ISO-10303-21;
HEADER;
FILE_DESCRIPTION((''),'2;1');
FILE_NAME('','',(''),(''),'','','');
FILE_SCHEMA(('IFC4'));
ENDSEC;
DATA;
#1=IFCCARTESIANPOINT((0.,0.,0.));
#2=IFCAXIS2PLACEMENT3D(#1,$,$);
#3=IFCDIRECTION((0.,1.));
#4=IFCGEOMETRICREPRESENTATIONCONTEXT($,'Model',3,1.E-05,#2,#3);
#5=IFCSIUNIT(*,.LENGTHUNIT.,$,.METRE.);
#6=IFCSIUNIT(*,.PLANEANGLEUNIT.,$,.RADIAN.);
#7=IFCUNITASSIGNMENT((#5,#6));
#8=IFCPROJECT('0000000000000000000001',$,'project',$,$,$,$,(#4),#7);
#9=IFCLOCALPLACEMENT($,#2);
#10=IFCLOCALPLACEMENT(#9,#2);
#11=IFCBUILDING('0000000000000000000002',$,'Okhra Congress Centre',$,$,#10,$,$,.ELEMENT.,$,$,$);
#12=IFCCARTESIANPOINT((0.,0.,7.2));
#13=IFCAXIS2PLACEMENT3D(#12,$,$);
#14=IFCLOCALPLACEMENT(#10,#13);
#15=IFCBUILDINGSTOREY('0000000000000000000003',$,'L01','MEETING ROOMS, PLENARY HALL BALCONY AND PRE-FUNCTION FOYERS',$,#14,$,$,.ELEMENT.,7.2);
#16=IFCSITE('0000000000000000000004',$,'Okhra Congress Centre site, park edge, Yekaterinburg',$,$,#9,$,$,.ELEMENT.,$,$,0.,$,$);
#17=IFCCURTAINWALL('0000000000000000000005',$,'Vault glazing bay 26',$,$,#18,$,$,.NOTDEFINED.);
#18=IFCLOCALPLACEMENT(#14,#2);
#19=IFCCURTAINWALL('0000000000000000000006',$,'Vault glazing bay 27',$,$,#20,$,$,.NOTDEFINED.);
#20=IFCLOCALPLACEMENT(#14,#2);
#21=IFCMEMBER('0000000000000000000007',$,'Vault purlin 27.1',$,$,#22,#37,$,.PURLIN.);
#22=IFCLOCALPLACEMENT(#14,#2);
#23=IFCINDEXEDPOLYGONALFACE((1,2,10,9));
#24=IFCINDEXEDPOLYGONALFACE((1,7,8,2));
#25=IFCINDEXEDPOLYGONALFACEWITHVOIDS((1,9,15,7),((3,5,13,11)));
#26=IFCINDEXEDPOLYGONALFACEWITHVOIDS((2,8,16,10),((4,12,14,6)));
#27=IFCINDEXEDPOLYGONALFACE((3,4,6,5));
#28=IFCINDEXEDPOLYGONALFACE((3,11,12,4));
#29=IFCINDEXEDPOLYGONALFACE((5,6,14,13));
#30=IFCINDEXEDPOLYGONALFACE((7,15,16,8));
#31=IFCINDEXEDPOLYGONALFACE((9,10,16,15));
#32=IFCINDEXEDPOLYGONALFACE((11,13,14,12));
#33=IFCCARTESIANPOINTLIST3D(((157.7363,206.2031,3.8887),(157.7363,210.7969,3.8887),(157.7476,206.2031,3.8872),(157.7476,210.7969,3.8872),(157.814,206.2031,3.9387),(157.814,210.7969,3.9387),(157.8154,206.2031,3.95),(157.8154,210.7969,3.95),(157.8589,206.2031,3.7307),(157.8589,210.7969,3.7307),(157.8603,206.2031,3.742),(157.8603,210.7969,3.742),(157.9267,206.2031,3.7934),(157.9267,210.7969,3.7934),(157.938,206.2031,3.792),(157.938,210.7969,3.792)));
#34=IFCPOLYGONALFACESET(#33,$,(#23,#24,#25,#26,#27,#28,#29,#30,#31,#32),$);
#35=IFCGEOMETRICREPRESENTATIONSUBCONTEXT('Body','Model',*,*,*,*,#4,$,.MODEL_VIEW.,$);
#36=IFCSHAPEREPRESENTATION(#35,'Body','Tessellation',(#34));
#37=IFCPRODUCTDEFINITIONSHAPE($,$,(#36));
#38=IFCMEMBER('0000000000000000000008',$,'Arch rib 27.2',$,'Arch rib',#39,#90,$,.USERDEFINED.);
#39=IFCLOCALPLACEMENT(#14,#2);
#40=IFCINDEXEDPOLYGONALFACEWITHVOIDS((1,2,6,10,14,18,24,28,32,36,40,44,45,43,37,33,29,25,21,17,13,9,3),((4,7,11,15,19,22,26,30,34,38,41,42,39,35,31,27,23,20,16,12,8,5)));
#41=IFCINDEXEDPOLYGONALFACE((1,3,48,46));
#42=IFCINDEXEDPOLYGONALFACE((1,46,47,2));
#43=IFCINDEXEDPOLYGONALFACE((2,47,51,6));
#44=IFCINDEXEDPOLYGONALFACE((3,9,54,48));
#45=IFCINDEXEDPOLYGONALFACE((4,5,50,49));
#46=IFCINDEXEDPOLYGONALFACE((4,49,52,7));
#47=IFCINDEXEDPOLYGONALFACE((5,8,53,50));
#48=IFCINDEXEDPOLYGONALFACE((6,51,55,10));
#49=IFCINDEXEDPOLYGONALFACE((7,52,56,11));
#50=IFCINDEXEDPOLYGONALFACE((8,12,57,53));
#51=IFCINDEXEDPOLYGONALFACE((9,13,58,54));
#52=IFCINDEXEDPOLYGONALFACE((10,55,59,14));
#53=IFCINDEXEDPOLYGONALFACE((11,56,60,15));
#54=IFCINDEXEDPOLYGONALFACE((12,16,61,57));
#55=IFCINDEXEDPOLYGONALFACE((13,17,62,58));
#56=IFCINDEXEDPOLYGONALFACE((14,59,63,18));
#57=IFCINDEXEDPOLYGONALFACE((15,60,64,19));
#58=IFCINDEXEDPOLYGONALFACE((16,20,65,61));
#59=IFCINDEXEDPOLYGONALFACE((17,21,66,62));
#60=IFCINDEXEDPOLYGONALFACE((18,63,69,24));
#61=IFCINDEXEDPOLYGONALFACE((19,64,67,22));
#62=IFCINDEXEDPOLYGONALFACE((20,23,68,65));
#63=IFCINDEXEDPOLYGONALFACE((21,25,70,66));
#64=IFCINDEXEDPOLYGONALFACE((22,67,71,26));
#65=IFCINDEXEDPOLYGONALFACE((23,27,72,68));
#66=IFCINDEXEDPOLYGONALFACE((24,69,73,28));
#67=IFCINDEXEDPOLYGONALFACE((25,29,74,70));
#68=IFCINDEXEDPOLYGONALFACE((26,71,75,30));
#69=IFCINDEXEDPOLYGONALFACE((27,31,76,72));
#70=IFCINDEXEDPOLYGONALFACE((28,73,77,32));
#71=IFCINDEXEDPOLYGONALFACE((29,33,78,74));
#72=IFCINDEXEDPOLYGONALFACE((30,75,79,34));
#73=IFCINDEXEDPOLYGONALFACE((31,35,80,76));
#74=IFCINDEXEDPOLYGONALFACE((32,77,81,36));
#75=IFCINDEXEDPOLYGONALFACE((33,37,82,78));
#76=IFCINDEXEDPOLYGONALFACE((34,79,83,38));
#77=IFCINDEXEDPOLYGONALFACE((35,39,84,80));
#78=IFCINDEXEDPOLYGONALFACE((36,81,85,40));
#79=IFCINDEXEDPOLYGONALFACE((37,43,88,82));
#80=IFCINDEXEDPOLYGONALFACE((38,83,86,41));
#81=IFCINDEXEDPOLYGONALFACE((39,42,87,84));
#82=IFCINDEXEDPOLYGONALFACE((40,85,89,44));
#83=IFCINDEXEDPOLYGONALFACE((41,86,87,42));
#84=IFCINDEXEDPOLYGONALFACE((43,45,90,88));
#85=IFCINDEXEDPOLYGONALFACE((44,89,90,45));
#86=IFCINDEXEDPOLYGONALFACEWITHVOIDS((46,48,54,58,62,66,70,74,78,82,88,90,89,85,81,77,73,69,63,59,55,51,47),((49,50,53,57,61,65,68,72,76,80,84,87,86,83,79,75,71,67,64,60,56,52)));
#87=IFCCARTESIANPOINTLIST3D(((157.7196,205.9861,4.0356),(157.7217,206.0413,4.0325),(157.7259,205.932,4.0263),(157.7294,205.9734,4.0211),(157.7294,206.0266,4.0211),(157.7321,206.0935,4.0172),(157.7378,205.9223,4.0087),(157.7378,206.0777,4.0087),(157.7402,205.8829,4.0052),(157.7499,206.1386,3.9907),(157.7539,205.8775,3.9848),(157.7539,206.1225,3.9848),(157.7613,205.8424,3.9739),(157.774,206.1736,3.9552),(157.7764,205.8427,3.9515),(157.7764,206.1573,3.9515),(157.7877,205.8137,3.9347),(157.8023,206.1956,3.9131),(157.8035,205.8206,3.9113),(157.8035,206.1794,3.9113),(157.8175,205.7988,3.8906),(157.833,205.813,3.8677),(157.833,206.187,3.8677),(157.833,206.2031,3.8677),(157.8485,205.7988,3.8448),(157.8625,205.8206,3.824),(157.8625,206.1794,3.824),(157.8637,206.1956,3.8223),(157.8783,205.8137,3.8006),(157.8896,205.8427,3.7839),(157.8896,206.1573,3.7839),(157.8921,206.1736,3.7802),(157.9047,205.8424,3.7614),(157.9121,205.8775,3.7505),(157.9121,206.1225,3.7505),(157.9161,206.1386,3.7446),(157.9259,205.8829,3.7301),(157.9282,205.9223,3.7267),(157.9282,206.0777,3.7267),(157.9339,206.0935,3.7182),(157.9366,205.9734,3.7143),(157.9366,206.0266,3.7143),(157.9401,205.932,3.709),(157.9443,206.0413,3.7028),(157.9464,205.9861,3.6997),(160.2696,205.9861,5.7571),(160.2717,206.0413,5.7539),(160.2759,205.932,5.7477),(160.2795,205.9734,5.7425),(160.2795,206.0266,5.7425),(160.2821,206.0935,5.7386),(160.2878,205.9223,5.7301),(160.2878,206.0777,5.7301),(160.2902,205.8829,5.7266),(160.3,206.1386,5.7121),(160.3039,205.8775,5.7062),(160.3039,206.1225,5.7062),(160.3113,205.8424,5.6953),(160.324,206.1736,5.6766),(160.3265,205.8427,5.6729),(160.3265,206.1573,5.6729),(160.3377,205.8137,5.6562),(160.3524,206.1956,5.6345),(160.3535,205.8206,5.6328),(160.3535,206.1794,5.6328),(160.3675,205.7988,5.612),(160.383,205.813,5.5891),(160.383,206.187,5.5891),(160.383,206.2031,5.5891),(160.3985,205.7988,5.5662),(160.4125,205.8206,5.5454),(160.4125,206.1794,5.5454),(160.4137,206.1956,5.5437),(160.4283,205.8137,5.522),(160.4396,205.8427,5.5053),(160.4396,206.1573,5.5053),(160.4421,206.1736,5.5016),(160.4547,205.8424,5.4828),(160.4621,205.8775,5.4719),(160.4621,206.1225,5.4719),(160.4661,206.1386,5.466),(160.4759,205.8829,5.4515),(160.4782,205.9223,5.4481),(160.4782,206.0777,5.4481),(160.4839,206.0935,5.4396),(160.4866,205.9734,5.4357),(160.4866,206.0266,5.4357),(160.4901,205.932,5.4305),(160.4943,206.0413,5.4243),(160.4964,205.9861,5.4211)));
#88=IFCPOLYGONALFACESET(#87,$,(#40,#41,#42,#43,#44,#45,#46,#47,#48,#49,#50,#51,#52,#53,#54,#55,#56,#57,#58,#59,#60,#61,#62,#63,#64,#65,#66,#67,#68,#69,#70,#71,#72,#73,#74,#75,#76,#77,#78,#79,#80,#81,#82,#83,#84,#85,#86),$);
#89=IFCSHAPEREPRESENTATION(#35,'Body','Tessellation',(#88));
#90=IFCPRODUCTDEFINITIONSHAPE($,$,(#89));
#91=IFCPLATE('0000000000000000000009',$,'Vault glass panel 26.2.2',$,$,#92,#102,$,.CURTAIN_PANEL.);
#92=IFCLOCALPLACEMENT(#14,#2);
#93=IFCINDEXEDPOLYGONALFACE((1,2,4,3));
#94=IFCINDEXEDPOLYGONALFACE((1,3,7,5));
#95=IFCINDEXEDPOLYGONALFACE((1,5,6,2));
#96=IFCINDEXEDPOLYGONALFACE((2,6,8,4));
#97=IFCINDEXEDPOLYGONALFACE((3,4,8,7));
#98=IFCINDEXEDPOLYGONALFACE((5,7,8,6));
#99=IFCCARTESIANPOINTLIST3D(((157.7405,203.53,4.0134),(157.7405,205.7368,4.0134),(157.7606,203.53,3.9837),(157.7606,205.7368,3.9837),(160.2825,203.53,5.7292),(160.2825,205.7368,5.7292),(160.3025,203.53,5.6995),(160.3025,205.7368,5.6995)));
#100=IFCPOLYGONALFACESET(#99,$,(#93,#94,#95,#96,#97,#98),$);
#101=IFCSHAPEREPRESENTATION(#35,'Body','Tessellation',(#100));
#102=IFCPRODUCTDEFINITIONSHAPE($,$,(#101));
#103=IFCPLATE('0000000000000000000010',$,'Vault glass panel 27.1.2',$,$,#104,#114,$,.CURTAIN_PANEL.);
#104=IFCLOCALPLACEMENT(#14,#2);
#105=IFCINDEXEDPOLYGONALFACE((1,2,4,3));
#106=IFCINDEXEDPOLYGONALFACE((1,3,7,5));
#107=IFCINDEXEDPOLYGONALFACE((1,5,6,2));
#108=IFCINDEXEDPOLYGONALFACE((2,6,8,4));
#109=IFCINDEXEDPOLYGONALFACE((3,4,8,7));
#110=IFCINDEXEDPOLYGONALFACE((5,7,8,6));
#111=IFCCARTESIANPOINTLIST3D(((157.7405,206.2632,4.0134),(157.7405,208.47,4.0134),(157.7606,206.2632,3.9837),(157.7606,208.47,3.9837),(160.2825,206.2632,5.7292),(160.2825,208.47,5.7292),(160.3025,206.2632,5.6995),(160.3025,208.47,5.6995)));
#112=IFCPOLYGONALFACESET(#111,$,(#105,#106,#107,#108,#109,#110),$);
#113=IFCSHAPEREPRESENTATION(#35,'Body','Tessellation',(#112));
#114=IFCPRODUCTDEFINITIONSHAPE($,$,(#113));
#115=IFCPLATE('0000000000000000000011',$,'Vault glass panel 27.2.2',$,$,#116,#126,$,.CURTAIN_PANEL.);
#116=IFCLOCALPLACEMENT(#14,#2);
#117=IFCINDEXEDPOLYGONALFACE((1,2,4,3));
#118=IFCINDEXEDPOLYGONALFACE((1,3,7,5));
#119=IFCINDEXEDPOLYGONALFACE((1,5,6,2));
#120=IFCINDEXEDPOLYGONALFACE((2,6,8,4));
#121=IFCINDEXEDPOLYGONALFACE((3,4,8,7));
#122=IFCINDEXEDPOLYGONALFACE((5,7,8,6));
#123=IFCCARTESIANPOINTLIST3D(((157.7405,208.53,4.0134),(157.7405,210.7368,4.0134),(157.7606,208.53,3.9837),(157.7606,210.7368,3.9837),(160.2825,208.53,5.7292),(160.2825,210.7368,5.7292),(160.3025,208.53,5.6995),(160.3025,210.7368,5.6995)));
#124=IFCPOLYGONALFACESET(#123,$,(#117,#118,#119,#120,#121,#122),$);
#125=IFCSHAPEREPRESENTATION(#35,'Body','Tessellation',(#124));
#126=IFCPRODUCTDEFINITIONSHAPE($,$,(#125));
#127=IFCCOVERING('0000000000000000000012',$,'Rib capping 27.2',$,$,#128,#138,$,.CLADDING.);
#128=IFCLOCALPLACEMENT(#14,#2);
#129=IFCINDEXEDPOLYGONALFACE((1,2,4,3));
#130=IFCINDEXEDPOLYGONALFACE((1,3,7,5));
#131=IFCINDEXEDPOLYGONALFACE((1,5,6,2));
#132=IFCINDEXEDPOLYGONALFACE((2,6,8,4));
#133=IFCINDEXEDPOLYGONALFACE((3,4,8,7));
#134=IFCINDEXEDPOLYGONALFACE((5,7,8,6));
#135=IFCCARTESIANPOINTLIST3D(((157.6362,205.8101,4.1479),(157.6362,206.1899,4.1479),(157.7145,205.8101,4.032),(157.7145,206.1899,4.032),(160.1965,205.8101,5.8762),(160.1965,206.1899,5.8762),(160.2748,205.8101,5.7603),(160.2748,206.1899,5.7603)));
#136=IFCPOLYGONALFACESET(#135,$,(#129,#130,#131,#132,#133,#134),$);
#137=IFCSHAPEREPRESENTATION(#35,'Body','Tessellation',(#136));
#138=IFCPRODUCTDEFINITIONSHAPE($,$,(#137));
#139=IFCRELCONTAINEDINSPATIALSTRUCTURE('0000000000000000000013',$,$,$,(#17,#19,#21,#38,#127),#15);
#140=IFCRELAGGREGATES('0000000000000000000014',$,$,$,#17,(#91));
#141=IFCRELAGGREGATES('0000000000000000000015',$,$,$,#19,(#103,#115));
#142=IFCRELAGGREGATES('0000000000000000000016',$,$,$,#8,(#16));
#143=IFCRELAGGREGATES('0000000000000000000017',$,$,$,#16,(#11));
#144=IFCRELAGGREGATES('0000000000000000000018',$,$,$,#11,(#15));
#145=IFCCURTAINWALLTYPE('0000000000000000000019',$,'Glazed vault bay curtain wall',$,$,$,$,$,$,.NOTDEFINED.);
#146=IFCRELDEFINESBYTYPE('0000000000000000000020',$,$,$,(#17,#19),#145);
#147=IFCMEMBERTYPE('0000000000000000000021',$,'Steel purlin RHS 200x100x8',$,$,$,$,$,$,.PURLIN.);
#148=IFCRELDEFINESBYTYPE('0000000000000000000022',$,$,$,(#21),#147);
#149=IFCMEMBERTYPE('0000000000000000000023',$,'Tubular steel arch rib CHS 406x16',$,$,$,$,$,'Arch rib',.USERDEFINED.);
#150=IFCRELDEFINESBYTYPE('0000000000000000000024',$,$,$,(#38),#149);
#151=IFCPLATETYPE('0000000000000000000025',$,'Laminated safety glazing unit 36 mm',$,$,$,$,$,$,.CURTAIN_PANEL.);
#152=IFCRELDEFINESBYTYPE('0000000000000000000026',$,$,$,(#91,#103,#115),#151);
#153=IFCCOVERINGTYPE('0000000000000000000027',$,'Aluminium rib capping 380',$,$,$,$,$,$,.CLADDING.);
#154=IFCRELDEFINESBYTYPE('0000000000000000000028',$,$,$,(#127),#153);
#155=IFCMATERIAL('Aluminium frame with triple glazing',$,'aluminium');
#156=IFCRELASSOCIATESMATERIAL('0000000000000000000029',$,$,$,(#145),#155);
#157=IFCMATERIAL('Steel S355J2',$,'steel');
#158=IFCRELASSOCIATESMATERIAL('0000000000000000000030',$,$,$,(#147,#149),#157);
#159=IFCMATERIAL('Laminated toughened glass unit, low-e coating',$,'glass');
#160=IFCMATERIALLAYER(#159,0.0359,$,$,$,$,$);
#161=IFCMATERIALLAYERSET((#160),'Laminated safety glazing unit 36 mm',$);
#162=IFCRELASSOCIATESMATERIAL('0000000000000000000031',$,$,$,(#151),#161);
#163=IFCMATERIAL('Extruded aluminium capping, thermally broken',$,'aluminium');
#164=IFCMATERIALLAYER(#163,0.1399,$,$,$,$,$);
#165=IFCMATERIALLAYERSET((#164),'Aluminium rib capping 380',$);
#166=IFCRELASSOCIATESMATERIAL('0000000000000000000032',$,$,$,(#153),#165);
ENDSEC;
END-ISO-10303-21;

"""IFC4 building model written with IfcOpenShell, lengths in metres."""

from ifc_helpers import new_model, si_unit, direction, frame, origin, origin_2d, place, context, subcontext, project, spatial, polyline, hollow_rectangle, hollow_circle, outline, extrude, material, layer, layer_set, material_profile, profile_set, type_object, element, aggregate, save


model = new_model("IFC4")

# Units and contexts
model_context = context("Model", 3, precision=1e-05, world=origin(), true_north=direction((0.0, 1.0)))
body_context = subcontext(model_context, "Body", "Model", "MODEL_VIEW")
ifc_project = project(units=[si_unit("LENGTHUNIT", "METRE"), si_unit("PLANEANGLEUNIT", "RADIAN")], contexts=[model_context])

# Site, building, storey
site_placement = place(None, origin())
site = spatial("IfcSite", under=ifc_project, at=site_placement, Name="Okhra Congress Centre site, park edge, Yekaterinburg", CompositionType="ELEMENT", RefElevation=0.0)
building_placement = place(site_placement, origin())
building = spatial("IfcBuilding", under=site, at=building_placement, Name="Okhra Congress Centre", CompositionType="ELEMENT")
storey_placement = place(building_placement, frame((0.0, 0.0, 7.2)))
storey = spatial("IfcBuildingStorey", under=building, at=storey_placement, Name="L01", Description="MEETING ROOMS, PLENARY HALL BALCONY AND PRE-FUNCTION FOYERS", CompositionType="ELEMENT", Elevation=7.2)

# Curtain walls
ifc_material_1 = material(Name="Aluminium frame with triple glazing", Category="aluminium")
curtain_wall_type = type_object("IfcCurtainWallType", Name="Glazed vault bay curtain wall", PredefinedType="NOTDEFINED", material=ifc_material_1)
curtain_wall_1_placement = place(storey_placement, origin())
curtain_wall_1 = element("IfcCurtainWall", 1, at=curtain_wall_1_placement, inside=storey, type_object=curtain_wall_type, Name="Vault glazing bay 26", PredefinedType="NOTDEFINED")
curtain_wall_2_placement = place(storey_placement, origin())
curtain_wall_2 = element("IfcCurtainWall", 2, at=curtain_wall_2_placement, inside=storey, type_object=curtain_wall_type, Name="Vault glazing bay 27", PredefinedType="NOTDEFINED")

# Members
ifc_material_2 = material(Name="Steel S355J2", Category="steel")
ifc_material_profile_1 = material_profile(ifc_material_2, hollow_rectangle(XDim=0.1001, YDim=0.2, WallThickness=0.0081, at=origin_2d()), Name="RHS 200x100x8")
ifc_profile_set_1 = profile_set([ifc_material_profile_1], Name="Steel S355J2")
member_type_1 = type_object("IfcMemberType", Name="Steel purlin RHS 200x100x8", PredefinedType="PURLIN", material=ifc_profile_set_1)
member_1_placement = place(storey_placement, frame((157.8372, 206.2031, 3.8403), z_axis=(0.0, 1.0, 0.0), x_axis=(-0.790145, 0.0, -0.61292)))
element("IfcMember", 3, at=member_1_placement, inside=storey, type_object=member_type_1, Name="Vault purlin 27.1", PredefinedType="PURLIN", context=body_context, shape_type="SweptSolid", body=[
    extrude(hollow_rectangle(XDim=0.1001, YDim=0.2, WallThickness=0.0081, at=origin_2d()), origin(), (0.0, 0.0, 1.0), 4.5938),
])
ifc_material_profile_2 = material_profile(ifc_material_2, hollow_circle(Radius=0.2031, WallThickness=0.0161, at=origin_2d()), Name="CHS 406.4x16")
ifc_profile_set_2 = profile_set([ifc_material_profile_2], Name="Steel S355J2")
member_type_2 = type_object("IfcMemberType", Name="Tubular steel arch rib CHS 406x16", ElementType="Arch rib", PredefinedType="USERDEFINED", material=ifc_profile_set_2)
member_2_placement = place(storey_placement, frame((157.833, 206.0, 3.8677), z_axis=(0.828826, 0.0, 0.559507), x_axis=(0.0, 1.0, 0.0)))
element("IfcMember", 4, at=member_2_placement, inside=storey, type_object=member_type_2, Name="Arch rib 27.2", ObjectType="Arch rib", PredefinedType="USERDEFINED", context=body_context, shape_type="SweptSolid", body=[
    extrude(hollow_circle(Radius=0.2031, WallThickness=0.0161, at=origin_2d()), origin(), (0.0, 0.0, 1.0), 3.0767),
])

# Plates
ifc_material_3 = material(Name="Laminated toughened glass unit, low-e coating", Category="glass")
ifc_layer_1 = layer(ifc_material_3, 0.0359)
ifc_layer_set_1 = layer_set([ifc_layer_1], Name="Laminated safety glazing unit 36 mm")
plate_type = type_object("IfcPlateType", Name="Laminated safety glazing unit 36 mm", PredefinedType="CURTAIN_PANEL", material=ifc_layer_set_1)
plate_1_placement = place(storey_placement, frame((157.7405, 203.53, 4.0134), z_axis=(-0.559467, 0.0, 0.828852), x_axis=(0.828852, 0.0, 0.559467)))
plate_1 = element("IfcPlate", 5, at=plate_1_placement, type_object=plate_type, Name="Vault glass panel 26.2.2", PredefinedType="CURTAIN_PANEL", context=body_context, shape_type="SweptSolid", body=[
    extrude(outline(polyline([(0.0, 0.0), (3.0669, 0.0), (3.0669, 2.2068), (0.0, 2.2068), (0.0, 0.0)])), origin(), (0.0, 0.0, -1.0), 0.0359),
])
aggregate(curtain_wall_1, [plate_1])
plate_2_placement = place(storey_placement, frame((157.7405, 206.2632, 4.0134), z_axis=(-0.559467, 0.0, 0.828852), x_axis=(0.828852, 0.0, 0.559467)))
plate_2 = element("IfcPlate", 6, at=plate_2_placement, type_object=plate_type, Name="Vault glass panel 27.1.2", PredefinedType="CURTAIN_PANEL", context=body_context, shape_type="SweptSolid", body=[
    extrude(outline(polyline([(0.0, 0.0), (3.0669, 0.0), (3.0669, 2.2068), (0.0, 2.2068), (0.0, 0.0)])), origin(), (0.0, 0.0, -1.0), 0.0359),
])
plate_3_placement = place(storey_placement, frame((157.7405, 208.53, 4.0134), z_axis=(-0.559467, 0.0, 0.828852), x_axis=(0.828852, 0.0, 0.559467)))
plate_3 = element("IfcPlate", 7, at=plate_3_placement, type_object=plate_type, Name="Vault glass panel 27.2.2", PredefinedType="CURTAIN_PANEL", context=body_context, shape_type="SweptSolid", body=[
    extrude(outline(polyline([(0.0, 0.0), (3.0669, 0.0), (3.0669, 2.2068), (0.0, 2.2068), (0.0, 0.0)])), origin(), (0.0, 0.0, -1.0), 0.0359),
])
aggregate(curtain_wall_2, [plate_2, plate_3])

# Covering
ifc_material_4 = material(Name="Extruded aluminium capping, thermally broken", Category="aluminium")
ifc_layer_2 = layer(ifc_material_4, 0.1399)
ifc_layer_set_2 = layer_set([ifc_layer_2], Name="Aluminium rib capping 380")
covering_type = type_object("IfcCoveringType", Name="Aluminium rib capping 380", PredefinedType="CLADDING", material=ifc_layer_set_2)
covering_placement = place(storey_placement, frame((157.6362, 205.8101, 4.1479), z_axis=(-0.559488, 0.0, 0.828839), x_axis=(0.828839, 0.0, 0.559488)))
element("IfcCovering", 8, at=covering_placement, inside=storey, type_object=covering_type, Name="Rib capping 27.2", PredefinedType="CLADDING", context=body_context, shape_type="SweptSolid", body=[
    extrude(outline(polyline([(0.0, 0.0), (3.089, 0.0), (3.089, 0.3799), (0.0, 0.3799), (0.0, 0.0)])), origin(), (0.0, 0.0, -1.0), 0.1399),
])

save(model, "model.ifc")
